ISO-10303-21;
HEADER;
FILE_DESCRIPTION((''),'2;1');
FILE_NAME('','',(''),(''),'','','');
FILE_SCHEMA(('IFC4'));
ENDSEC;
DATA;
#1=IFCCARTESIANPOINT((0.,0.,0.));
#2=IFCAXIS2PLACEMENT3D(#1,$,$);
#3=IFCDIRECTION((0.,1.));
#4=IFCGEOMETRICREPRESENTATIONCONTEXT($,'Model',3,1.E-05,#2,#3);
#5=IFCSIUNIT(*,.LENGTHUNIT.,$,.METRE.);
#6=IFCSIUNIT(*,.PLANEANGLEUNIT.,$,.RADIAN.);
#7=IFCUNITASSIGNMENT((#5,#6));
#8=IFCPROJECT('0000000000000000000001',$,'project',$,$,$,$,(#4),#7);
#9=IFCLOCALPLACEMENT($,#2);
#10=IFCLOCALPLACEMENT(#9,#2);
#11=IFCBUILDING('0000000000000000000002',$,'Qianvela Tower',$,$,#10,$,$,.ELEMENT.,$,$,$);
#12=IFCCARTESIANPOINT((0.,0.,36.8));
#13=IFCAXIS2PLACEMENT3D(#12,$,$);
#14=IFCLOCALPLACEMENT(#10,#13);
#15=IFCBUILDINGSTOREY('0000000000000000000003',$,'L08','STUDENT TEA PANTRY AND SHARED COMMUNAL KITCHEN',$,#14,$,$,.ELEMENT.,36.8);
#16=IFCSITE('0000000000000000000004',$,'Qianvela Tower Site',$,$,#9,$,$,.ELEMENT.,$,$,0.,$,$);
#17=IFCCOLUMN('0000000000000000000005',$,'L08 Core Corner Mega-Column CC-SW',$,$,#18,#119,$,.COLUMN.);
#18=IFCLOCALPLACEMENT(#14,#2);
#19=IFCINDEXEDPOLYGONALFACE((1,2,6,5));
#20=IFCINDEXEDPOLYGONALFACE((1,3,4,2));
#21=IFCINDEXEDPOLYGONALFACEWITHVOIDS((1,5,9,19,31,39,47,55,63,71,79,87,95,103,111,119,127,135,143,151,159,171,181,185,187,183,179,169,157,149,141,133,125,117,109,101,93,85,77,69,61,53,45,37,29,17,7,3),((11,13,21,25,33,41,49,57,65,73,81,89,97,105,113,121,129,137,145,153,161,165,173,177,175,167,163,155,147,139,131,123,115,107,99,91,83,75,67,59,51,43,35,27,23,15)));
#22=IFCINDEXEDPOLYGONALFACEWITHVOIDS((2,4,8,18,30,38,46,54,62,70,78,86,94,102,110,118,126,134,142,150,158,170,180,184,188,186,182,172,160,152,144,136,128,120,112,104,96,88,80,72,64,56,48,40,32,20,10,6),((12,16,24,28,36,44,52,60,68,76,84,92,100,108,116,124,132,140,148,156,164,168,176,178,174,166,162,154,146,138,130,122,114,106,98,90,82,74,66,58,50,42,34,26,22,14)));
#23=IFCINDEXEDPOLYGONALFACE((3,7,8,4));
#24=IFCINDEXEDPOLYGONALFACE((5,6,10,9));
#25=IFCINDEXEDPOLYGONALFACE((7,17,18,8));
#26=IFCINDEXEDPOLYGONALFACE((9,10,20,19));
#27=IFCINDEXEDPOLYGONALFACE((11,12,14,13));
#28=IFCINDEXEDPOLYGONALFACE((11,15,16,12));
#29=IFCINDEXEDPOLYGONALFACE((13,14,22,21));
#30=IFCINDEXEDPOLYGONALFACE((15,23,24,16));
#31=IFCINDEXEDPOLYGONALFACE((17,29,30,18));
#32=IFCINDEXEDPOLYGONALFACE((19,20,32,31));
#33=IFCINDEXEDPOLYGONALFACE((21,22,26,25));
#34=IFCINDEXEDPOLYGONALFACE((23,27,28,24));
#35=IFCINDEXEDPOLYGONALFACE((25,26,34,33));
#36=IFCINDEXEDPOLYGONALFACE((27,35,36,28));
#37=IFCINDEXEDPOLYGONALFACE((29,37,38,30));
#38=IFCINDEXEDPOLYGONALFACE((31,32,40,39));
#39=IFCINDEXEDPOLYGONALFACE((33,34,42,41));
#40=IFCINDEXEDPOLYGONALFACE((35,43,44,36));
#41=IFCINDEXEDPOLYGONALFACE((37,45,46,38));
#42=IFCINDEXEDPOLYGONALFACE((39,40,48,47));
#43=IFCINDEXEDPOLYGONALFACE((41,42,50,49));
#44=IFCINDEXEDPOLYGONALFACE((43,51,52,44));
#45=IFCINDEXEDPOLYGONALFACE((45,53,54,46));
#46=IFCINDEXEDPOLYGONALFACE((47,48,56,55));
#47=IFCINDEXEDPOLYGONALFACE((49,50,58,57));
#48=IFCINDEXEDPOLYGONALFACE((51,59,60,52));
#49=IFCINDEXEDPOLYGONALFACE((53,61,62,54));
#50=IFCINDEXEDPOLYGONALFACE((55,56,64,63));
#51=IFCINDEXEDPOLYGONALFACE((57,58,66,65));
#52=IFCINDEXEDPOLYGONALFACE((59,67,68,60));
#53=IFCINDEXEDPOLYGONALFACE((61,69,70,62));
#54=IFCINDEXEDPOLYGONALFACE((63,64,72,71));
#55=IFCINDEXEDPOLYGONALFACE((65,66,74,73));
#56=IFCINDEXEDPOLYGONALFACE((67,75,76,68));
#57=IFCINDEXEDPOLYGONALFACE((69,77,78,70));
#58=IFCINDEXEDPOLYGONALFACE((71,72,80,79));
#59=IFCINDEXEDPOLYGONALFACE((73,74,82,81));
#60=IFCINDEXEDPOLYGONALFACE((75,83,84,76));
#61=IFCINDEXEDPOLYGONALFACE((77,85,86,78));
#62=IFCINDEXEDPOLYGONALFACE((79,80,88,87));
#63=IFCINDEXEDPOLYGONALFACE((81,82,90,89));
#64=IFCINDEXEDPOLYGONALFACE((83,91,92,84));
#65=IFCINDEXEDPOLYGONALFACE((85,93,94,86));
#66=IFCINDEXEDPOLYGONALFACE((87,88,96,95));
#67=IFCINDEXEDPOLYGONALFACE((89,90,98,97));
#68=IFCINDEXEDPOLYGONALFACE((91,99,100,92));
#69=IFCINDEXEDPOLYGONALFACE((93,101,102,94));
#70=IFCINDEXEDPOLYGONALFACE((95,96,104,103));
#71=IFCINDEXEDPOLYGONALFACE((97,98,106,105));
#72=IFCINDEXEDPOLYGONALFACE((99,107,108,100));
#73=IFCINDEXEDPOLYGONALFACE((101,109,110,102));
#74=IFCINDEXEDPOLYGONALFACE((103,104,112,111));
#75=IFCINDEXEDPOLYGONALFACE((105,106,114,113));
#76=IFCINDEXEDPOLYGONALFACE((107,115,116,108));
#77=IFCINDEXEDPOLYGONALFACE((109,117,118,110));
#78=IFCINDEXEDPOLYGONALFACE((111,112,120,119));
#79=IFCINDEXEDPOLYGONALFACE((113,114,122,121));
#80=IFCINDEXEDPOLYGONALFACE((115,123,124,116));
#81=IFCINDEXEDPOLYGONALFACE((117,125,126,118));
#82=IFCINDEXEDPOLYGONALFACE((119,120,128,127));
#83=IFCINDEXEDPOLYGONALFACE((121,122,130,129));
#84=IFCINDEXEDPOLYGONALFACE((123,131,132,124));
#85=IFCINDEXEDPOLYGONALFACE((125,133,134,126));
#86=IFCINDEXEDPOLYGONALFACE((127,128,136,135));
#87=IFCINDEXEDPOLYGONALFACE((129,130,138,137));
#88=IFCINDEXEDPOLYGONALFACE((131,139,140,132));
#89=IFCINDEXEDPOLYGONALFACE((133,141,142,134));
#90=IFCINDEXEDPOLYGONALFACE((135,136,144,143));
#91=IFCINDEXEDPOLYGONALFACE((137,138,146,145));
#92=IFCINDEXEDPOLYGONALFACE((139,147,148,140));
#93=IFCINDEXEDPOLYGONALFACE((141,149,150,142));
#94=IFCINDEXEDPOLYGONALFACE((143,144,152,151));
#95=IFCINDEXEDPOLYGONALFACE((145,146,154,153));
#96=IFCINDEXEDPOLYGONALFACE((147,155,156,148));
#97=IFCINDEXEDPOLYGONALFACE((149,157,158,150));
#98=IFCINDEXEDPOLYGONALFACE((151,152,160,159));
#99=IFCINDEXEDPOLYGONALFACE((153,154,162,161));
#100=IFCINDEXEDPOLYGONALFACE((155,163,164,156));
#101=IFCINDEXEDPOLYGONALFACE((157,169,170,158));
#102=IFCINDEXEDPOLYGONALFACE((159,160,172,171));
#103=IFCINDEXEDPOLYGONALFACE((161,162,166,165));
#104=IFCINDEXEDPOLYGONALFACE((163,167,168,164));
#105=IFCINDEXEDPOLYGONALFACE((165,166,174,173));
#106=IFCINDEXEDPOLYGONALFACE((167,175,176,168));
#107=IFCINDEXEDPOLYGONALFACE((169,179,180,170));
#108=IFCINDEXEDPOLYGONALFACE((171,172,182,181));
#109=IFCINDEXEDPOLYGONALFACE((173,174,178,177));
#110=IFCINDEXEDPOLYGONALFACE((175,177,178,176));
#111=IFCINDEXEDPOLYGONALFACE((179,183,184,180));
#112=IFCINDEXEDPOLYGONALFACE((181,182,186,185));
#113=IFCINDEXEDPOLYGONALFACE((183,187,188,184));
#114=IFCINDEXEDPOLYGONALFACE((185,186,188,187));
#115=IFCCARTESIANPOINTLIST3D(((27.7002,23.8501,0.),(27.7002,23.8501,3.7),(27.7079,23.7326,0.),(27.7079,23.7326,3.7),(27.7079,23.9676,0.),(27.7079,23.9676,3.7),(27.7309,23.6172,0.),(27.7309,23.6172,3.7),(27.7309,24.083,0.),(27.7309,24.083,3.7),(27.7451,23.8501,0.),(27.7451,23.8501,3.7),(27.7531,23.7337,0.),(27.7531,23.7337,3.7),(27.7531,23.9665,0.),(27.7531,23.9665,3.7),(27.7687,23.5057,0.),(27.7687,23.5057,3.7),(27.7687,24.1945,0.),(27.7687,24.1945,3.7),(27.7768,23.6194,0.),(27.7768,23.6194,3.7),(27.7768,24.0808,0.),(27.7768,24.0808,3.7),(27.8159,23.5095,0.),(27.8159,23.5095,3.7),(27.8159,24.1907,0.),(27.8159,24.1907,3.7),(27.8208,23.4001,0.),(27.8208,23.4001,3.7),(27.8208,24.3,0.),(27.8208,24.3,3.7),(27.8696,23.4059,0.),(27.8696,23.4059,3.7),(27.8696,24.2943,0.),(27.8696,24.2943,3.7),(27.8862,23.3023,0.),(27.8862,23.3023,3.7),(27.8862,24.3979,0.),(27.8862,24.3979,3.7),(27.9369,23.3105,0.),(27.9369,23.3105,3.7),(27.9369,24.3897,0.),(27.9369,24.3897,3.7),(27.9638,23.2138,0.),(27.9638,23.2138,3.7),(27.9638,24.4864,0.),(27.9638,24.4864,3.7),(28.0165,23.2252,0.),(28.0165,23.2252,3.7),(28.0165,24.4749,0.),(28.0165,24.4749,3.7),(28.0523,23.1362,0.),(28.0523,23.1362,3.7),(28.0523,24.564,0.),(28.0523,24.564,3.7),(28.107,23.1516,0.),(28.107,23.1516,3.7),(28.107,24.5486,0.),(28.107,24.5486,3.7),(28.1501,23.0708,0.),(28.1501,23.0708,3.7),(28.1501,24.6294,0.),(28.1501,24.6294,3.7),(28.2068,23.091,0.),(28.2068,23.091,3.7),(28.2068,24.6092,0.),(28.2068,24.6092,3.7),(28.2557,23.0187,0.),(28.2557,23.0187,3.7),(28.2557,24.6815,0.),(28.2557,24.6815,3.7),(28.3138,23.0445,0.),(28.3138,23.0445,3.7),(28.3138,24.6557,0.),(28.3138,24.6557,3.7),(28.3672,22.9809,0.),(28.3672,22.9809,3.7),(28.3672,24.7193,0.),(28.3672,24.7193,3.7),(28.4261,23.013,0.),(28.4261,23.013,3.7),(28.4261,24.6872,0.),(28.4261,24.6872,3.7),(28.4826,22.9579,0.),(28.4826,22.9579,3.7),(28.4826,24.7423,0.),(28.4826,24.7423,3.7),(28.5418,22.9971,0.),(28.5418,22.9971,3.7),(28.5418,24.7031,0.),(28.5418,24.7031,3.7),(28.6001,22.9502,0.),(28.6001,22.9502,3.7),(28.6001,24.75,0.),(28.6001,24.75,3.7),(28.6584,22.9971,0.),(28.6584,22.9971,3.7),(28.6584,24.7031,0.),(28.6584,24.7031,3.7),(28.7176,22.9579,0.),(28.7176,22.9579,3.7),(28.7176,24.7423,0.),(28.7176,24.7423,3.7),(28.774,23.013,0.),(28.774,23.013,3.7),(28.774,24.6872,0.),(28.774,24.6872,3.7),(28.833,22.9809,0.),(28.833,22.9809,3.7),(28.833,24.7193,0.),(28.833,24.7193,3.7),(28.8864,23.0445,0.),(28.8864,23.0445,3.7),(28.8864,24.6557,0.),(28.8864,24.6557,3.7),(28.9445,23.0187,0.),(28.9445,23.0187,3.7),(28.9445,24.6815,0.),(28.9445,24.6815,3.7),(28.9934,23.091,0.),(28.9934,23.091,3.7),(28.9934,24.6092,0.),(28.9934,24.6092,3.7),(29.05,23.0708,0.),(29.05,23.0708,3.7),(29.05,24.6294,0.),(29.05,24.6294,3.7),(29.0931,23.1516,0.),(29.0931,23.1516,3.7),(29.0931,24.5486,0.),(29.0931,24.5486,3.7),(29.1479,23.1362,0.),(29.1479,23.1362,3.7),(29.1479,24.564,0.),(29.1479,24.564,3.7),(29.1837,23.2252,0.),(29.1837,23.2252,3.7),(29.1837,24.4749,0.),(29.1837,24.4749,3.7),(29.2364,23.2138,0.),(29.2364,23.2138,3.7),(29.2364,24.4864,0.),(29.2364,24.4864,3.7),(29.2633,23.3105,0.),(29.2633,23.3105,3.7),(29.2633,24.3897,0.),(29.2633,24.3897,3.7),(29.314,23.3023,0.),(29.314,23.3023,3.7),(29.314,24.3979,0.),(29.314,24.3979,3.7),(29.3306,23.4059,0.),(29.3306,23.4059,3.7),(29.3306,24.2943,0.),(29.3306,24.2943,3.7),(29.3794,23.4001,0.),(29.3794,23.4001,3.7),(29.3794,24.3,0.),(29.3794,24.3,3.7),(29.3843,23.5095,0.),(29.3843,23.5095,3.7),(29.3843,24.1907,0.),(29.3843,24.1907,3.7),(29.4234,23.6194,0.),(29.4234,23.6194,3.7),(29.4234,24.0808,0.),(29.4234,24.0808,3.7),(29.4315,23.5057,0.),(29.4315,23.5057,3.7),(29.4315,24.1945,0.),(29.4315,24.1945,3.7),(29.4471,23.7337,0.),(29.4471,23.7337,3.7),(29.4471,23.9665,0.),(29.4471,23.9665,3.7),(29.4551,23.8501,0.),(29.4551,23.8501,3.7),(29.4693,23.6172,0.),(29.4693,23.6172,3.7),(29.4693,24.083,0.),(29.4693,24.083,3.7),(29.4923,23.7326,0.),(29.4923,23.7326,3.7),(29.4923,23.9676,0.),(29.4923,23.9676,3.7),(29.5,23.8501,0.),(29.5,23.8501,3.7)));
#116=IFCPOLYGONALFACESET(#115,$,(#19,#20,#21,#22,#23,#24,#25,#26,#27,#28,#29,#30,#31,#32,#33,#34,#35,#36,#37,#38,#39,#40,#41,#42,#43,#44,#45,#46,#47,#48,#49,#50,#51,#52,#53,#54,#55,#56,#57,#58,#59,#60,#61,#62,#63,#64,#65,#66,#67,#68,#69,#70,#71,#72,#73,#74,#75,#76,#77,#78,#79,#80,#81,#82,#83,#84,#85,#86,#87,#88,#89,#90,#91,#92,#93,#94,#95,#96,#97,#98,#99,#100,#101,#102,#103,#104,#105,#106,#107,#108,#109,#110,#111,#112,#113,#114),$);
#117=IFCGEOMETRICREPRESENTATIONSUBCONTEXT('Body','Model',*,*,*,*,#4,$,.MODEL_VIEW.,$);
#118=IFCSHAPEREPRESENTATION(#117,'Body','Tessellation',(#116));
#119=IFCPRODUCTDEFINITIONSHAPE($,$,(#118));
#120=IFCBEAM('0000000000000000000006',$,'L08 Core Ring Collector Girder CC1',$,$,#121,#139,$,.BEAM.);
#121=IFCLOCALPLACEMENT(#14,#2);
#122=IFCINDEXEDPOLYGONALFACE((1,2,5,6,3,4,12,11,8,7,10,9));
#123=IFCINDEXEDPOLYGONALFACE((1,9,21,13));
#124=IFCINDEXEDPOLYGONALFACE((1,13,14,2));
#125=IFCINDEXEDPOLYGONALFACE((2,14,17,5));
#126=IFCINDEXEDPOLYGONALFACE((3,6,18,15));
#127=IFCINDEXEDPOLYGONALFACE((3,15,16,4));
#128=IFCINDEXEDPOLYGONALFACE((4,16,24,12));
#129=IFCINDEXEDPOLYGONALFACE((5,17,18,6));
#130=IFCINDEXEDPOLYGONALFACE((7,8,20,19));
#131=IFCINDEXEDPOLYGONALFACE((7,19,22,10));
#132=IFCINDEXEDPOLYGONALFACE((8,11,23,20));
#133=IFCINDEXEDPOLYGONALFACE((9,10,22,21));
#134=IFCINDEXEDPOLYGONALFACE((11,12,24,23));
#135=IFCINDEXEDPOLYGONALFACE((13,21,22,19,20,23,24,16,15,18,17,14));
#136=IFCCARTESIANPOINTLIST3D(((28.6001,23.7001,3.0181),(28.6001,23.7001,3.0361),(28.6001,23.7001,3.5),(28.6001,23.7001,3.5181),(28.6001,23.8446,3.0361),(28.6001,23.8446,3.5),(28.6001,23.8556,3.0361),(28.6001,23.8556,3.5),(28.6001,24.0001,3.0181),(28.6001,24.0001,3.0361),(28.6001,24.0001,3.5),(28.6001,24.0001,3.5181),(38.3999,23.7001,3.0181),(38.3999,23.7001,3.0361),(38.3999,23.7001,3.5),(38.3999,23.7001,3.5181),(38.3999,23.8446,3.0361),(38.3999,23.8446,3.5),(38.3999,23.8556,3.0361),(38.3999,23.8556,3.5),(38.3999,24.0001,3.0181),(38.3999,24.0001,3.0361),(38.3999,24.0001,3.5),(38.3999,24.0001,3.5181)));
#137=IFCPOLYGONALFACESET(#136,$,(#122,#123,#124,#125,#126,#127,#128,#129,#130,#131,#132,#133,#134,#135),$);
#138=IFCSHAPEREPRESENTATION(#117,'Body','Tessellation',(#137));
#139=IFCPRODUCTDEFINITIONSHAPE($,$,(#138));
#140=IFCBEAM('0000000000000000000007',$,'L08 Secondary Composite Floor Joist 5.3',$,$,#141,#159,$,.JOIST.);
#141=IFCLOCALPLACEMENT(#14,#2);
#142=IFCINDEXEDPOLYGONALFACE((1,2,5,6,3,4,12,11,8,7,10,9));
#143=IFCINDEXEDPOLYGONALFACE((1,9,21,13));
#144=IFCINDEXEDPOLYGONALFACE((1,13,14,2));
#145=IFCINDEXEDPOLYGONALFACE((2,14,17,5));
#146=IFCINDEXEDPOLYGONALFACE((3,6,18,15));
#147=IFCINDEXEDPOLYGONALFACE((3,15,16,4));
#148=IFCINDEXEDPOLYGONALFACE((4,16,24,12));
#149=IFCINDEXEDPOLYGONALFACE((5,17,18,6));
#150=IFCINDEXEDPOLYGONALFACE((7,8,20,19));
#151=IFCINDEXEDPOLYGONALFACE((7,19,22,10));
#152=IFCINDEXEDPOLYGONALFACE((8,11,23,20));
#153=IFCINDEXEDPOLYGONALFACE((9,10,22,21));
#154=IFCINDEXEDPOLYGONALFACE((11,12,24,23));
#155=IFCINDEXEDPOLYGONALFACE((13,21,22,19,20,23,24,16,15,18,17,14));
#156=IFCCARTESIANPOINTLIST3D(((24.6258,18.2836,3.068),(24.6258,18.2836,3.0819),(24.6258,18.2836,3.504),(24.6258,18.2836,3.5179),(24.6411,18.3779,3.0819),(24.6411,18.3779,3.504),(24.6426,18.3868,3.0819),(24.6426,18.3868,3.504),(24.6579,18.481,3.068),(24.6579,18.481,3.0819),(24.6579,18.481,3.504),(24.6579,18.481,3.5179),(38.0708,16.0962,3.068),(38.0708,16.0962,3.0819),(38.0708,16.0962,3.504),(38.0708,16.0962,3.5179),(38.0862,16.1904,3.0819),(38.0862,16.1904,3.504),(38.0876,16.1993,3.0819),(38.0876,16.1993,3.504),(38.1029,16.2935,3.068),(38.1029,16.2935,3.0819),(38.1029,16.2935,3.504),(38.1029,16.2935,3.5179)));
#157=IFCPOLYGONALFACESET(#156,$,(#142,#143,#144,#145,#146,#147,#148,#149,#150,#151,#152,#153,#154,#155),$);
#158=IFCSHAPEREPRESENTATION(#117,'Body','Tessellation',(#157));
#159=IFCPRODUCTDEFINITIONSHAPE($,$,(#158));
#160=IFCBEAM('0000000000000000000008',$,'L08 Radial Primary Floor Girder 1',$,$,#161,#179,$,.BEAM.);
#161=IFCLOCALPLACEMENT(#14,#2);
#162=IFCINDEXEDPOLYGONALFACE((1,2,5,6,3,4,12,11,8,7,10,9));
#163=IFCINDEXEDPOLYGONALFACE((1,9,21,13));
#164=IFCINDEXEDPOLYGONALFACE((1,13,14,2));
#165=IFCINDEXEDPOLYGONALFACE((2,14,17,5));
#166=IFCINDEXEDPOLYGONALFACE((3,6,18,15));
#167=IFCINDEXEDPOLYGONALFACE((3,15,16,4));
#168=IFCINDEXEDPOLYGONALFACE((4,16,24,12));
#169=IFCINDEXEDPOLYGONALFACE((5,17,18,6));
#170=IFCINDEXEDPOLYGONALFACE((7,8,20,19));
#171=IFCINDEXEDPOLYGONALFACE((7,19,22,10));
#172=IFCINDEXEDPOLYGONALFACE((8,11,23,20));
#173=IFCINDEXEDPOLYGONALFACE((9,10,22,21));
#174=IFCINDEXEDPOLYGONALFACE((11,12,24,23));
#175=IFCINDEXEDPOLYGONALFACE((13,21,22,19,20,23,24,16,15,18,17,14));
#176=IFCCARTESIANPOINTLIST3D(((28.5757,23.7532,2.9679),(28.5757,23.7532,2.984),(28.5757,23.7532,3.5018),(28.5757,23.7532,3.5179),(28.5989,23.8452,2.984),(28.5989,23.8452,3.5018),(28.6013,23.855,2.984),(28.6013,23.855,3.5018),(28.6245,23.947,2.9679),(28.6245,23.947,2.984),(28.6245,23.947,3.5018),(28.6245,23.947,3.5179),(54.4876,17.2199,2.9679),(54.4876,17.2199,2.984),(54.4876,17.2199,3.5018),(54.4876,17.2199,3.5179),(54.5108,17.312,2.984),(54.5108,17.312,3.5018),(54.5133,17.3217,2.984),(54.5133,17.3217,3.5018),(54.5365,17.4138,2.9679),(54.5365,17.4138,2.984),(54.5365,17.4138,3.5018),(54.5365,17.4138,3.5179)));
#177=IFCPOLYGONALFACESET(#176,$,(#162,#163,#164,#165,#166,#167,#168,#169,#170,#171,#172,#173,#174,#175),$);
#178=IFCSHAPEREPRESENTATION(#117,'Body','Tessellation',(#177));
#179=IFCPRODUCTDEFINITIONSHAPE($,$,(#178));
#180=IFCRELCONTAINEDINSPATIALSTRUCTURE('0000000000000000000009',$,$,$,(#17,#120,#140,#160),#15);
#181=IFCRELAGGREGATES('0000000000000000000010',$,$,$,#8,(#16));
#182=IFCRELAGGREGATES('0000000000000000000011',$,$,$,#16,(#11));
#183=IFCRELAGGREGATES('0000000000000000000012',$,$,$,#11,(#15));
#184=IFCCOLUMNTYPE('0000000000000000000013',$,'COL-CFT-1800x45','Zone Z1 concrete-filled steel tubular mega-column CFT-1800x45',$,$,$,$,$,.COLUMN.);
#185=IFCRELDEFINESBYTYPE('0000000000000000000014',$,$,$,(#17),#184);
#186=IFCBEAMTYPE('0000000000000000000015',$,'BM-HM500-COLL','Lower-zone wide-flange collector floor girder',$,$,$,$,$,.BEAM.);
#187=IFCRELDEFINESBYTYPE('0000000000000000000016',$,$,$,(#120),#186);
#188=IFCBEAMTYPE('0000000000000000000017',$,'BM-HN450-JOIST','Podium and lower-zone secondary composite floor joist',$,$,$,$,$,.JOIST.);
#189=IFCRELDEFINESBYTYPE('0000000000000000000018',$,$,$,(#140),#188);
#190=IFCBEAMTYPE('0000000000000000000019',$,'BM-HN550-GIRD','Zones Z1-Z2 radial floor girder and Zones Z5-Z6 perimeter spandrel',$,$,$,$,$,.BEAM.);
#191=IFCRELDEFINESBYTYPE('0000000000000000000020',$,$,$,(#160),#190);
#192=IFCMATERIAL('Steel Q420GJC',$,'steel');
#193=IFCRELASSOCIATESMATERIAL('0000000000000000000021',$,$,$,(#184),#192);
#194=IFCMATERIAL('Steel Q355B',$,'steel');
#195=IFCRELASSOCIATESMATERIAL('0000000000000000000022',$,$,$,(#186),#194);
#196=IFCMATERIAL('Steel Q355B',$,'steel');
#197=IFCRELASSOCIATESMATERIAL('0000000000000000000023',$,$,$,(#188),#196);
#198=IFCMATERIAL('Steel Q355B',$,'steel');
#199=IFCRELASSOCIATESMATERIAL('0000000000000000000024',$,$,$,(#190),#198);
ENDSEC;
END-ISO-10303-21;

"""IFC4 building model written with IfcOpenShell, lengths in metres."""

from ifc_helpers import new_model, si_unit, direction, frame, origin, origin_2d, place, context, subcontext, project, spatial, hollow_circle, i_section, extrude, material, material_profile, profile_set, type_object, element, save


model = new_model("IFC4")

# Units and contexts
model_context = context("Model", 3, precision=1e-05, world=origin(), true_north=direction((0.0, 1.0)))
body_context = subcontext(model_context, "Body", "Model", "MODEL_VIEW")
ifc_project = project(units=[si_unit("LENGTHUNIT", "METRE"), si_unit("PLANEANGLEUNIT", "RADIAN")], contexts=[model_context])

# Site, building, storey
site_placement = place(None, origin())
site = spatial("IfcSite", under=ifc_project, at=site_placement, Name="Qianvela Tower Site", CompositionType="ELEMENT", RefElevation=0.0)
building_placement = place(site_placement, origin())
building = spatial("IfcBuilding", under=site, at=building_placement, Name="Qianvela Tower", CompositionType="ELEMENT")
storey_placement = place(building_placement, frame((0.0, 0.0, 36.8)))
storey = spatial("IfcBuildingStorey", under=building, at=storey_placement, Name="L08", Description="STUDENT TEA PANTRY AND SHARED COMMUNAL KITCHEN", CompositionType="ELEMENT", Elevation=36.8)

# Column
ifc_material_1 = material(Name="Steel Q420GJC", Category="steel")
ifc_material_profile_1 = material_profile(ifc_material_1, hollow_circle(Radius=0.8999, WallThickness=0.0449, at=origin_2d()), Name="CFT-1800x45")
ifc_profile_set_1 = profile_set([ifc_material_profile_1], Name="Steel Q420GJC")
column_type = type_object("IfcColumnType", Name="COL-CFT-1800x45", Description="Zone Z1 concrete-filled steel tubular mega-column CFT-1800x45", PredefinedType="COLUMN", material=ifc_profile_set_1)
column_placement = place(storey_placement, frame((28.6001, 23.8501, 0.0), z_axis=(0.0, 0.0, 1.0), x_axis=(1.0, 0.0, 0.0)))
element("IfcColumn", 1, at=column_placement, inside=storey, type_object=column_type, Name="L08 Core Corner Mega-Column CC-SW", PredefinedType="COLUMN", context=body_context, shape_type="SweptSolid", body=[
    extrude(hollow_circle(Radius=0.8999, WallThickness=0.0449, at=origin_2d()), origin(), (0.0, 0.0, 1.0), 3.7),
])

# Beams
ifc_material_2 = material(Name="Steel Q355B", Category="steel")
ifc_material_profile_2 = material_profile(ifc_material_2, i_section(OverallWidth=0.3, OverallDepth=0.5, WebThickness=0.011, FlangeThickness=0.0181, at=origin_2d()), Name="HM500x300x11x18")
ifc_profile_set_2 = profile_set([ifc_material_profile_2], Name="Steel Q355B")
beam_type_1 = type_object("IfcBeamType", Name="BM-HM500-COLL", Description="Lower-zone wide-flange collector floor girder", PredefinedType="BEAM", material=ifc_profile_set_2)
beam_1_placement = place(storey_placement, frame((28.6001, 23.8501, 3.2681), z_axis=(1.0, 0.0, 0.0), x_axis=(0.0, 1.0, 0.0)))
element("IfcBeam", 2, at=beam_1_placement, inside=storey, type_object=beam_type_1, Name="L08 Core Ring Collector Girder CC1", PredefinedType="BEAM", context=body_context, shape_type="SweptSolid", body=[
    extrude(i_section(OverallWidth=0.3, OverallDepth=0.5, WebThickness=0.011, FlangeThickness=0.0181, at=origin_2d()), origin(), (0.0, 0.0, 1.0), 9.7998),
])
ifc_material_3 = material(Name="Steel Q355B", Category="steel")
ifc_material_profile_3 = material_profile(ifc_material_3, i_section(OverallWidth=0.2, OverallDepth=0.45, WebThickness=0.009, FlangeThickness=0.0139, at=origin_2d()), Name="HN450x200x9x14")
ifc_profile_set_3 = profile_set([ifc_material_profile_3], Name="Steel Q355B")
beam_type_2 = type_object("IfcBeamType", Name="BM-HN450-JOIST", Description="Podium and lower-zone secondary composite floor joist", PredefinedType="JOIST", material=ifc_profile_set_3)
beam_2_placement = place(storey_placement, frame((24.6418, 18.3823, 3.293), z_axis=(0.987022, -0.160587, 0.0), x_axis=(0.160587, 0.987022, 0.0)))
element("IfcBeam", 3, at=beam_2_placement, inside=storey, type_object=beam_type_2, Name="L08 Secondary Composite Floor Joist 5.3", PredefinedType="JOIST", context=body_context, shape_type="SweptSolid", body=[
    extrude(i_section(OverallWidth=0.2, OverallDepth=0.45, WebThickness=0.009, FlangeThickness=0.0139, at=origin_2d()), origin(), (0.0, 0.0, 1.0), 13.6218),
])
ifc_material_4 = material(Name="Steel Q355B", Category="steel")
ifc_material_profile_4 = material_profile(ifc_material_4, i_section(OverallWidth=0.2, OverallDepth=0.55, WebThickness=0.01, FlangeThickness=0.0161, at=origin_2d()), Name="HN550x200x10x16")
ifc_profile_set_4 = profile_set([ifc_material_profile_4], Name="Steel Q355B")
beam_type_3 = type_object("IfcBeamType", Name="BM-HN550-GIRD", Description="Zones Z1-Z2 radial floor girder and Zones Z5-Z6 perimeter spandrel", PredefinedType="BEAM", material=ifc_profile_set_4)
beam_3_placement = place(storey_placement, frame((28.6001, 23.8501, 3.2429), z_axis=(0.969654, -0.244481, 0.0), x_axis=(0.244481, 0.969654, 0.0)))
element("IfcBeam", 4, at=beam_3_placement, inside=storey, type_object=beam_type_3, Name="L08 Radial Primary Floor Girder 1", PredefinedType="BEAM", context=body_context, shape_type="SweptSolid", body=[
    extrude(i_section(OverallWidth=0.2, OverallDepth=0.55, WebThickness=0.01, FlangeThickness=0.0161, at=origin_2d()), origin(), (0.0, 0.0, 1.0), 26.7229),
])

save(model, "model.ifc")
